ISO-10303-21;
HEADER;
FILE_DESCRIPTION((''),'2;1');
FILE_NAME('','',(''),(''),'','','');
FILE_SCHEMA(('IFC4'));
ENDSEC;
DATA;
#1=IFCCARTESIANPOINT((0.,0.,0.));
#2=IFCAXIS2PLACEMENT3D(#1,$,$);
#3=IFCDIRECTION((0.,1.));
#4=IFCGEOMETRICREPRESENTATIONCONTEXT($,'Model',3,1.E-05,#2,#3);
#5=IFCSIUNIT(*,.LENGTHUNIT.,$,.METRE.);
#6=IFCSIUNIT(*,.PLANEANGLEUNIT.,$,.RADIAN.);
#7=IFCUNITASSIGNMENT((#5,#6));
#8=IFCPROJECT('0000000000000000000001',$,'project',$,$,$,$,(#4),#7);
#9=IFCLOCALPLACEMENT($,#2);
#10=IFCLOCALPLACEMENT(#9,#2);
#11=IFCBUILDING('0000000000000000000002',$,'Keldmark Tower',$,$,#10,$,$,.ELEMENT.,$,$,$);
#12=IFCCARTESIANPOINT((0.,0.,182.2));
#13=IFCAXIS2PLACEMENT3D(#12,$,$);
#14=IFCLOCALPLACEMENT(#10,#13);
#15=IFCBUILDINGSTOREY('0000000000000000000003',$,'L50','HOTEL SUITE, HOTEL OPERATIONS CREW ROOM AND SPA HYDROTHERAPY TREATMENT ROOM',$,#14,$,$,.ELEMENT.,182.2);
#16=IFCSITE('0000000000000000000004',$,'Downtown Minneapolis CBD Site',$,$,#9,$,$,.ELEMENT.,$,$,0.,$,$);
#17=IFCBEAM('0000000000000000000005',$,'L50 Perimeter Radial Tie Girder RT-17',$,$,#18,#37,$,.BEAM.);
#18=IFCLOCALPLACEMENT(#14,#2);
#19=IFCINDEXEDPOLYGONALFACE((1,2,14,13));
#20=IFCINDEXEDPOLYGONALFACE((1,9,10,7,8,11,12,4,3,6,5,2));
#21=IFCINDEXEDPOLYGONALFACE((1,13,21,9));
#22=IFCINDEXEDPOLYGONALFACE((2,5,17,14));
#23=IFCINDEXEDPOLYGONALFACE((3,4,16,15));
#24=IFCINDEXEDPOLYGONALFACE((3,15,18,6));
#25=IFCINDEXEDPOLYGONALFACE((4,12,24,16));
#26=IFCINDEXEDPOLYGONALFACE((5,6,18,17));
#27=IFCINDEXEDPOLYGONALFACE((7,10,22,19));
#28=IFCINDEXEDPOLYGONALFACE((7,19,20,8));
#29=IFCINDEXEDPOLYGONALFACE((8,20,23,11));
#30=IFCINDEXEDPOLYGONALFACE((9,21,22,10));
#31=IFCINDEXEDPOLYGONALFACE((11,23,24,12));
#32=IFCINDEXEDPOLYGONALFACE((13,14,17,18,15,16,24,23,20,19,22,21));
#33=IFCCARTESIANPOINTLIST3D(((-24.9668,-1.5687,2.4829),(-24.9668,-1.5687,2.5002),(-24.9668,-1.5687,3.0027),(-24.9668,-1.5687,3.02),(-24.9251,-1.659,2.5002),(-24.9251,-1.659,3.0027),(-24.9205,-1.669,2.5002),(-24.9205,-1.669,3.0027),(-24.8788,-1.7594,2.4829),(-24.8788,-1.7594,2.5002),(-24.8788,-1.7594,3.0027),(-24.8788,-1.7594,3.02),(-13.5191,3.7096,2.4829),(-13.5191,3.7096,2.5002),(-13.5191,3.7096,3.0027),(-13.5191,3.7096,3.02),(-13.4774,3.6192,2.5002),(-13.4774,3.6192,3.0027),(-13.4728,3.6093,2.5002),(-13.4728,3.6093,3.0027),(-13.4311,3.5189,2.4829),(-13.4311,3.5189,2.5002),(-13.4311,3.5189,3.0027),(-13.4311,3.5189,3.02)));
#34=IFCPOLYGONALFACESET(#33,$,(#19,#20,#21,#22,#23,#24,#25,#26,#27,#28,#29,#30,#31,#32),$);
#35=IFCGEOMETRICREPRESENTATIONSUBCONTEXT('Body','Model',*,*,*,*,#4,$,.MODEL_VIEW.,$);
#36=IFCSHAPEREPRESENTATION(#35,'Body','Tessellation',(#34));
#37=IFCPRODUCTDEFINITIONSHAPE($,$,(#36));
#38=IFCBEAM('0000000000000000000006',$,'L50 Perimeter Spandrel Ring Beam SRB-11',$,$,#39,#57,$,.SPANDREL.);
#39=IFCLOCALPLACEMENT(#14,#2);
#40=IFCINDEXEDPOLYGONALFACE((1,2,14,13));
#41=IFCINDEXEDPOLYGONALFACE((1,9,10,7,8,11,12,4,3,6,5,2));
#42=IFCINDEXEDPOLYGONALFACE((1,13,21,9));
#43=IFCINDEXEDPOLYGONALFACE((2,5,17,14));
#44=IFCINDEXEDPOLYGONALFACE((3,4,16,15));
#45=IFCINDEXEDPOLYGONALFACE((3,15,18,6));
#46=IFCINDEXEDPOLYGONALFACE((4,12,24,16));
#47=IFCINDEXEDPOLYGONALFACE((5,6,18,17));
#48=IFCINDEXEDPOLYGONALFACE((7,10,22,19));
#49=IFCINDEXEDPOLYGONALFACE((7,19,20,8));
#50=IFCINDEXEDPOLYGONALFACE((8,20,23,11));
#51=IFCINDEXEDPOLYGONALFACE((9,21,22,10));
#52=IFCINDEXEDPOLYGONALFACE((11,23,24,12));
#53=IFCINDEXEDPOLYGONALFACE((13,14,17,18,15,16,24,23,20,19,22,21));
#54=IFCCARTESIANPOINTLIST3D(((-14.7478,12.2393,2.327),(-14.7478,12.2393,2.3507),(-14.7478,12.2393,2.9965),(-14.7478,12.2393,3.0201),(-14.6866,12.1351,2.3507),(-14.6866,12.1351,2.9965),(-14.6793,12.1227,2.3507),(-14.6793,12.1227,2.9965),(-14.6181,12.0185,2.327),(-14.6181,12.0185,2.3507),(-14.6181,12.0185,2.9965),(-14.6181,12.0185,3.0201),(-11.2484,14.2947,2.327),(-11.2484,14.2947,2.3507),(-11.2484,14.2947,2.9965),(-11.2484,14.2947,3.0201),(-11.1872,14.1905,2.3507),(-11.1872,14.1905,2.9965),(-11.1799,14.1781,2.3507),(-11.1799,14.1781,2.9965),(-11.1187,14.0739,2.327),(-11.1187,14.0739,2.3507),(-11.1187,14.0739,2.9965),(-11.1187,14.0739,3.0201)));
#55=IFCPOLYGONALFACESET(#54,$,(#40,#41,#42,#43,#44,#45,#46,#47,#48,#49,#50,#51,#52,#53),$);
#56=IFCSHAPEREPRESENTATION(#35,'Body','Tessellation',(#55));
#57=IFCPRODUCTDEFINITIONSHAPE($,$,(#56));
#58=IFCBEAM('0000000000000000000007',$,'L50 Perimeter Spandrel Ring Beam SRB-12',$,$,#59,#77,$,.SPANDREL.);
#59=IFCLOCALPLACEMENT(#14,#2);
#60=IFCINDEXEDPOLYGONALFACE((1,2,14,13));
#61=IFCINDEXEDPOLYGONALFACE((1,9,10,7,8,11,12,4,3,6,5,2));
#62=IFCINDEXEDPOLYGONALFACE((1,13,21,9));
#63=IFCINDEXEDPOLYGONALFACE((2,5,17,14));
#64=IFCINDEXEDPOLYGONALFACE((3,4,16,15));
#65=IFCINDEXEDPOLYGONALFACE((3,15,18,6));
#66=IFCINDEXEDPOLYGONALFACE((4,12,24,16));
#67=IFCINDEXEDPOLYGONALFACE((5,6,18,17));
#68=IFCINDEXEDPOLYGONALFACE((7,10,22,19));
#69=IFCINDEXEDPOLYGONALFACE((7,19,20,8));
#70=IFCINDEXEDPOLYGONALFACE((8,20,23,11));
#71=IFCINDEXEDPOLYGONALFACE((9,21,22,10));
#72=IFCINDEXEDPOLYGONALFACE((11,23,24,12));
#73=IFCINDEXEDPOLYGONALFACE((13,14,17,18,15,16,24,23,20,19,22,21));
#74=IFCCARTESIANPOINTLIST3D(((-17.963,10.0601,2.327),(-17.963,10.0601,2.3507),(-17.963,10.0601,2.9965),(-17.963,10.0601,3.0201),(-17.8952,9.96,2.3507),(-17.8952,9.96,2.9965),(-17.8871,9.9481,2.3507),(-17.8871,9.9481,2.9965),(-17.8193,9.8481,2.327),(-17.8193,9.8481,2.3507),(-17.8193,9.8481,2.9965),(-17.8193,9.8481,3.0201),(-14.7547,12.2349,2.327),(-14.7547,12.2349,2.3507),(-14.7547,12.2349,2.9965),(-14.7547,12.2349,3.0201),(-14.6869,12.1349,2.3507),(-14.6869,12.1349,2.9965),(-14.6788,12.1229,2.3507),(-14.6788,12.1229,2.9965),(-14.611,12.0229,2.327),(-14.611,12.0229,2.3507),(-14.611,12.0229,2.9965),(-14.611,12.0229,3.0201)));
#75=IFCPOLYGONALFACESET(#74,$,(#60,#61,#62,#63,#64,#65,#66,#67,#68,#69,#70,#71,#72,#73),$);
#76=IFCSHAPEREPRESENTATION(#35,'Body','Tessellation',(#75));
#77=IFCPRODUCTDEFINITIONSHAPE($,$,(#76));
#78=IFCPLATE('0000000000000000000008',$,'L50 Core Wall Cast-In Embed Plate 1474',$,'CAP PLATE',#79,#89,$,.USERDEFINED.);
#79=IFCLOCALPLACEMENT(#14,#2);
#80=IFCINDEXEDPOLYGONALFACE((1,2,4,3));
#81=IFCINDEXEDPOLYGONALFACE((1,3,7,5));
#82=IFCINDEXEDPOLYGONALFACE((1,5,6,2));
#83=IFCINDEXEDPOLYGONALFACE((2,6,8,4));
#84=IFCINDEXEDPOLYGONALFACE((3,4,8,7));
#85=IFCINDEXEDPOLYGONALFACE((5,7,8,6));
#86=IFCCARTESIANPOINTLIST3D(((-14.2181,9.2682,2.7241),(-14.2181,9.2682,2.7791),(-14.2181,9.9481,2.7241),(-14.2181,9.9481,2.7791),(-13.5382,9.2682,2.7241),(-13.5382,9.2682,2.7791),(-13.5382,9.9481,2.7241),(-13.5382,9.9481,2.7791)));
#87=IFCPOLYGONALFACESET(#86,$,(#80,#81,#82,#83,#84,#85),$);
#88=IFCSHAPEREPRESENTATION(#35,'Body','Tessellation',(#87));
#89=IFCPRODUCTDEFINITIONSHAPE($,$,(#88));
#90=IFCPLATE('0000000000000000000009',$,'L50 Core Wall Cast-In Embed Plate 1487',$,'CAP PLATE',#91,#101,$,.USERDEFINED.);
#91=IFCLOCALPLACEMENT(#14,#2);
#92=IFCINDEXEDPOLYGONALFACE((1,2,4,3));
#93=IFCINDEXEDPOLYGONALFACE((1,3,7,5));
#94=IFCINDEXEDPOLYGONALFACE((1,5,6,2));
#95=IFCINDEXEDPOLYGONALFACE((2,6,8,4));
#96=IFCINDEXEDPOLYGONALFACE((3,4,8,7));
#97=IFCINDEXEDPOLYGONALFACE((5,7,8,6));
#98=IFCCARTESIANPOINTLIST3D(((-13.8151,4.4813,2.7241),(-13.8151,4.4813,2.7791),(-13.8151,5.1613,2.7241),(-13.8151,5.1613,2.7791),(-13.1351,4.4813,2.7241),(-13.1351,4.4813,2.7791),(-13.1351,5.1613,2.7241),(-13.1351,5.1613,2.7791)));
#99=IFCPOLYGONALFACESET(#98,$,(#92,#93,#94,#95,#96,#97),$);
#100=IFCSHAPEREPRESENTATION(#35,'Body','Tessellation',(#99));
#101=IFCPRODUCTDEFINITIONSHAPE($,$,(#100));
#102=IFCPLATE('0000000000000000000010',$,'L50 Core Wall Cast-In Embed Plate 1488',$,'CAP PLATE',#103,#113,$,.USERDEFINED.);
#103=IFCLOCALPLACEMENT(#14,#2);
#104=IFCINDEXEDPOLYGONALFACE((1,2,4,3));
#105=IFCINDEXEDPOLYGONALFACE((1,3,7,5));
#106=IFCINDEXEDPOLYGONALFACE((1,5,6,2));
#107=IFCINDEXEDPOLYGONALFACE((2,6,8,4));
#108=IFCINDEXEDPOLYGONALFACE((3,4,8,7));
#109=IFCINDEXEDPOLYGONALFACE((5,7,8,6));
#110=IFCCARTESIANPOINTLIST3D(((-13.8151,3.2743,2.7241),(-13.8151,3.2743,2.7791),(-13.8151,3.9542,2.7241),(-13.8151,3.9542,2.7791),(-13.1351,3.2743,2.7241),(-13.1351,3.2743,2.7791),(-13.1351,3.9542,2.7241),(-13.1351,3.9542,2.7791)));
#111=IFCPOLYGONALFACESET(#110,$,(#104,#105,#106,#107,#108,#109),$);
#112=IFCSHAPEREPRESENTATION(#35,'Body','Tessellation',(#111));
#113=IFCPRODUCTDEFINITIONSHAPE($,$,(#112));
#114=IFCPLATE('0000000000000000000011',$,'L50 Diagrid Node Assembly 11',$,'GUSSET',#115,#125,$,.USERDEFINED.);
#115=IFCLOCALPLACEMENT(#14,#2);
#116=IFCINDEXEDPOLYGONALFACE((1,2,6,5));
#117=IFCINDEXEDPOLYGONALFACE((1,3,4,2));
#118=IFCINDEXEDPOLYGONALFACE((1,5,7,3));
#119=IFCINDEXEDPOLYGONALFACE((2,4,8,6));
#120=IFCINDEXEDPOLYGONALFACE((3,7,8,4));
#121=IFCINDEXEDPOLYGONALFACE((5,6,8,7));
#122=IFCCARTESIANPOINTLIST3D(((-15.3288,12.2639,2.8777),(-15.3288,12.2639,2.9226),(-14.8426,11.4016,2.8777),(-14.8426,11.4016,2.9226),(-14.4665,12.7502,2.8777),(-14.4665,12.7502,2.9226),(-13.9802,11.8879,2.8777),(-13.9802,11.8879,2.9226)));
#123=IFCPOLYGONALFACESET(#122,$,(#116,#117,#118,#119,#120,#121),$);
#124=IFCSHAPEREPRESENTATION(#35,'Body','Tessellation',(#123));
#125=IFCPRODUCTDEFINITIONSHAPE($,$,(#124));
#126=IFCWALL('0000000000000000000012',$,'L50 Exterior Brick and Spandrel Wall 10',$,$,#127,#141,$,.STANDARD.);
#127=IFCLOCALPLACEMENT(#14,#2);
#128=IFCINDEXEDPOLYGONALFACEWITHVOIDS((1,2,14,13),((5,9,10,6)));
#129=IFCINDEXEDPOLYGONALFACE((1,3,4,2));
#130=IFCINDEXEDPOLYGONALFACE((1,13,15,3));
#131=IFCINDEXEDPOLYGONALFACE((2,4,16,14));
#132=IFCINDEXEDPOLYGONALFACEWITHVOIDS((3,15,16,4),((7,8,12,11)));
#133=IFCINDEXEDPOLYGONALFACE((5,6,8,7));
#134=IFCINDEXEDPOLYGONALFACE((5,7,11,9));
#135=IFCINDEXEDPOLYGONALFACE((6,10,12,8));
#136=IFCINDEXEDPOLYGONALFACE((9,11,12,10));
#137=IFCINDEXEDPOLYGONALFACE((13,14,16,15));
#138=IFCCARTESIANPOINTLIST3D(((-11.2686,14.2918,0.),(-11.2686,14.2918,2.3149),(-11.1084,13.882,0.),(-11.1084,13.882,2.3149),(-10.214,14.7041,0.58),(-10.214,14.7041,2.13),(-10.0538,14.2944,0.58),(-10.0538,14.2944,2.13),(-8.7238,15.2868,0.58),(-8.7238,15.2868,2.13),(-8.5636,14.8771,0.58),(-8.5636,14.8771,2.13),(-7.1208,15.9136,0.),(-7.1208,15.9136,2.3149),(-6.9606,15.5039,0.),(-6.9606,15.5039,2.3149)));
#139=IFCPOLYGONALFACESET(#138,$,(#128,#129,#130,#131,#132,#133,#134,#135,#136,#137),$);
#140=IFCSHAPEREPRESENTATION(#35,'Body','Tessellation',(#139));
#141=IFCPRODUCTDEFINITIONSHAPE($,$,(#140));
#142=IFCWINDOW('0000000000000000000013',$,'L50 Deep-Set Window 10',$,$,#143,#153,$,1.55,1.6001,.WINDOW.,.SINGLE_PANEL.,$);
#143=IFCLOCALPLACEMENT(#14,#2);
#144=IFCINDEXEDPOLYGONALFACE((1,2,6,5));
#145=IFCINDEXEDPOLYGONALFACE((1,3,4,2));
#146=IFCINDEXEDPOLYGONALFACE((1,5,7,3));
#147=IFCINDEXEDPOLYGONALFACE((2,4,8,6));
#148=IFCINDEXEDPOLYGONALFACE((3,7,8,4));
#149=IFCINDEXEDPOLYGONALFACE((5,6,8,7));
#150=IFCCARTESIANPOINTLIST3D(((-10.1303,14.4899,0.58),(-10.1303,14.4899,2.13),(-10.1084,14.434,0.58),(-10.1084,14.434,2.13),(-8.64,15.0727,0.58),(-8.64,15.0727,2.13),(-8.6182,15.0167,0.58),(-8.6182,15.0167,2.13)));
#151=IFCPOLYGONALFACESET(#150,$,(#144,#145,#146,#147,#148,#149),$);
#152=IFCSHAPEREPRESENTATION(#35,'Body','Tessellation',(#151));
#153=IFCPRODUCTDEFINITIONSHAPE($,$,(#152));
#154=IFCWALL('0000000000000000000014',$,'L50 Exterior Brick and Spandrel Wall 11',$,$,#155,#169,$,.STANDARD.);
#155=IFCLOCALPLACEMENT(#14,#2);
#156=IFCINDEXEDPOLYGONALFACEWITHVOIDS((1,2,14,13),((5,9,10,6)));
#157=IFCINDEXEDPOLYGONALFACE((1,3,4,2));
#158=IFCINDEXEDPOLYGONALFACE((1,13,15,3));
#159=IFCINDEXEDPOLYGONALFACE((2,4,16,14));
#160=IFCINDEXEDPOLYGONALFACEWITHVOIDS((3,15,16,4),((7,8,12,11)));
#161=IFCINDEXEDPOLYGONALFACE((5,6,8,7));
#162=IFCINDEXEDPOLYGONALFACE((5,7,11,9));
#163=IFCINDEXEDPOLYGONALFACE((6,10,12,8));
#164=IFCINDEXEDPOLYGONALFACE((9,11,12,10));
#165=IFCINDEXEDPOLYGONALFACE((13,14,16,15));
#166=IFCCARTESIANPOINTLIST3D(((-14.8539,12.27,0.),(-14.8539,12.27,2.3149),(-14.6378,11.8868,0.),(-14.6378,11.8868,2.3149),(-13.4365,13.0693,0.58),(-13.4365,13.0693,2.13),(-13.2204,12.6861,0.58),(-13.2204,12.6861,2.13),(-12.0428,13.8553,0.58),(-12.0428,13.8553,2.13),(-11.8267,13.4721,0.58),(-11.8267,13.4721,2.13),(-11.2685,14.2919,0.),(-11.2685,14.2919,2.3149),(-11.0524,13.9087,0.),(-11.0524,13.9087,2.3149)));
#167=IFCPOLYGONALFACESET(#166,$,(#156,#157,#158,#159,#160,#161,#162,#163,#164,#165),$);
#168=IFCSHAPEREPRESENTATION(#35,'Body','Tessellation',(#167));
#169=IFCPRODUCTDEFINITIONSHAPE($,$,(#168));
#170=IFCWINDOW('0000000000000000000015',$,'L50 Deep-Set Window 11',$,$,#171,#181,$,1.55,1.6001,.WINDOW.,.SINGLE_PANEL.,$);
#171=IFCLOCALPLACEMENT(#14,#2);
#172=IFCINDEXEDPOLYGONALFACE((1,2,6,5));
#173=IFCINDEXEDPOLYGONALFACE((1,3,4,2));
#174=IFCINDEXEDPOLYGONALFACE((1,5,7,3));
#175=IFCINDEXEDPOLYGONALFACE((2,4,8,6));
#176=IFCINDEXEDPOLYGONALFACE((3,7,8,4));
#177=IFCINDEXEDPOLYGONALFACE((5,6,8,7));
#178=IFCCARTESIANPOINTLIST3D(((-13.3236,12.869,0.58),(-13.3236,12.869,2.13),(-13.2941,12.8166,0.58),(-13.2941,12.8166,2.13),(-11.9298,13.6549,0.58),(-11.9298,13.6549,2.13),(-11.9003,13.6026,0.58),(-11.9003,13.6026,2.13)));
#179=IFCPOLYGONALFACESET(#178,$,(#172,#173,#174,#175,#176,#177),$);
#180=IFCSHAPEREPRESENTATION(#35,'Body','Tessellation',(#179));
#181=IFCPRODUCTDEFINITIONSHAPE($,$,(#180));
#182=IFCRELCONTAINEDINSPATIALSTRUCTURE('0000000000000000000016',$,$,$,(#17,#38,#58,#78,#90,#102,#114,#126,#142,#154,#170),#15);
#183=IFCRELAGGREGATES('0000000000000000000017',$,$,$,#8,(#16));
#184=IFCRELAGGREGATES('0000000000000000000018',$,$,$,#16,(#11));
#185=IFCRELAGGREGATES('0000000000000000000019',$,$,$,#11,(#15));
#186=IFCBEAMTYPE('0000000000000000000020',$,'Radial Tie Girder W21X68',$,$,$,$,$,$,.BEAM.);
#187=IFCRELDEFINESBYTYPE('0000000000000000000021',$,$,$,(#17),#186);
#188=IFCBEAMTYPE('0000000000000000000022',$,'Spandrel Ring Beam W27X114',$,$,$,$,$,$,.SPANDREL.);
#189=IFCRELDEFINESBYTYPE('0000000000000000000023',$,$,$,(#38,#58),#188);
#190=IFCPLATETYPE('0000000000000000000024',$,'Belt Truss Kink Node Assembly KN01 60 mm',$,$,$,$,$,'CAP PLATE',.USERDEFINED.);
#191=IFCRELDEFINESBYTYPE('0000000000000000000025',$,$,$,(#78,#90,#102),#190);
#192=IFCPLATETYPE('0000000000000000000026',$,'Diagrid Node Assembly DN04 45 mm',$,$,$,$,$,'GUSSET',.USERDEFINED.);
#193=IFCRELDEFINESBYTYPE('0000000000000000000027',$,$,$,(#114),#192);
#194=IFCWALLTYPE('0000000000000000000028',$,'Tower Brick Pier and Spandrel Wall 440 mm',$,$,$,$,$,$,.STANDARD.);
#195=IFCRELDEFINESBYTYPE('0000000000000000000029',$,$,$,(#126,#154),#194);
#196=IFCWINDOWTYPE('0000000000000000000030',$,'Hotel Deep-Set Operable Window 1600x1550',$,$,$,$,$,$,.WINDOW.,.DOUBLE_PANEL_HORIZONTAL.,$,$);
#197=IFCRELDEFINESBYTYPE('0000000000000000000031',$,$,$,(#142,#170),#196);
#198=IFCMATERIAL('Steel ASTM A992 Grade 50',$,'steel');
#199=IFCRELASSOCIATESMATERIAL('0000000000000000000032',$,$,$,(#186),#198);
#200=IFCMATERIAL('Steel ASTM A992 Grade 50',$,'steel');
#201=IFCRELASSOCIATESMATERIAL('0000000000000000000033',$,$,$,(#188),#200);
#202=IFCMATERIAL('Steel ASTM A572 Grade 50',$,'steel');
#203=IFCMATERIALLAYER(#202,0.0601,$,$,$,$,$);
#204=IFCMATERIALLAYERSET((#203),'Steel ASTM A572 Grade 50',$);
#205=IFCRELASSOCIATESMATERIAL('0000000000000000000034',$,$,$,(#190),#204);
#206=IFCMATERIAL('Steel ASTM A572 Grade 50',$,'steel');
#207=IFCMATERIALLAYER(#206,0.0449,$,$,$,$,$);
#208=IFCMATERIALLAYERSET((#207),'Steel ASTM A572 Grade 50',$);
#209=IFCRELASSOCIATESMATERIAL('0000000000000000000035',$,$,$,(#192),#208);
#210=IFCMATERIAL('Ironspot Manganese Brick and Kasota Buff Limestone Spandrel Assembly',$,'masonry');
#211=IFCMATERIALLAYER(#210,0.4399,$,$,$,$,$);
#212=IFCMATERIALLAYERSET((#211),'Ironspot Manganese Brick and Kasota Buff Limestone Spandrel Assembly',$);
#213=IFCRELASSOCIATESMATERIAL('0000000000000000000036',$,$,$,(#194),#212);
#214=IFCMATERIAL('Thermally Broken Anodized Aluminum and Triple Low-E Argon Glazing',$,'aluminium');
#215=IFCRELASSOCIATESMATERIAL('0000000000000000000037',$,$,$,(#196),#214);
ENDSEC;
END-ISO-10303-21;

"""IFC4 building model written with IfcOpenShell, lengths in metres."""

from ifc_helpers import new_model, si_unit, direction, frame, frame_2d, origin, origin_2d, place, context, subcontext, project, spatial, rectangle, i_section, extrude, material, layer, layer_set, material_profile, profile_set, type_object, element, fill, save


model = new_model("IFC4")

# Units and contexts
model_context = context("Model", 3, precision=1e-05, world=origin(), true_north=direction((0.0, 1.0)))
body_context = subcontext(model_context, "Body", "Model", "MODEL_VIEW")
ifc_project = project(units=[si_unit("LENGTHUNIT", "METRE"), si_unit("PLANEANGLEUNIT", "RADIAN")], contexts=[model_context])

# Site, building, storey
site_placement = place(None, origin())
site = spatial("IfcSite", under=ifc_project, at=site_placement, Name="Downtown Minneapolis CBD Site", CompositionType="ELEMENT", RefElevation=0.0)
building_placement = place(site_placement, origin())
building = spatial("IfcBuilding", under=site, at=building_placement, Name="Keldmark Tower", CompositionType="ELEMENT")
storey_placement = place(building_placement, frame((0.0, 0.0, 182.2)))
storey = spatial("IfcBuildingStorey", under=building, at=storey_placement, Name="L50", Description="HOTEL SUITE, HOTEL OPERATIONS CREW ROOM AND SPA HYDROTHERAPY TREATMENT ROOM", CompositionType="ELEMENT", Elevation=182.2)

# Beams
ifc_material_1 = material(Name="Steel ASTM A992 Grade 50", Category="steel")
ifc_material_profile_1 = material_profile(ifc_material_1, i_section(OverallWidth=0.21, OverallDepth=0.5371, WebThickness=0.011, FlangeThickness=0.0173, at=origin_2d()), Name="W21X68")
ifc_profile_set_1 = profile_set([ifc_material_profile_1], Name="Steel ASTM A992 Grade 50")
beam_type_1 = type_object("IfcBeamType", Name="Radial Tie Girder W21X68", PredefinedType="BEAM", material=ifc_profile_set_1)
beam_1_placement = place(storey_placement, frame((-13.4751, 3.6143, 2.7515), z_axis=(-0.908118, -0.418714, 0.0), x_axis=(0.418714, -0.908118, 0.0)))
element("IfcBeam", 1, at=beam_1_placement, inside=storey, type_object=beam_type_1, Name="L50 Perimeter Radial Tie Girder RT-17", PredefinedType="BEAM", context=body_context, shape_type="SweptSolid", body=[
    extrude(i_section(OverallWidth=0.21, OverallDepth=0.5371, WebThickness=0.011, FlangeThickness=0.0173, at=origin_2d()), origin(), (0.0, 0.0, 1.0), 12.606),
])
ifc_material_2 = material(Name="Steel ASTM A992 Grade 50", Category="steel")
ifc_material_profile_2 = material_profile(ifc_material_2, i_section(OverallWidth=0.2561, OverallDepth=0.6931, WebThickness=0.0144, FlangeThickness=0.0237, at=origin_2d()), Name="W27X114")
ifc_profile_set_2 = profile_set([ifc_material_profile_2], Name="Steel ASTM A992 Grade 50")
beam_type_2 = type_object("IfcBeamType", Name="Spandrel Ring Beam W27X114", PredefinedType="SPANDREL", material=ifc_profile_set_2)
beam_2_placement = place(storey_placement, frame((-11.1836, 14.1843, 2.6736), z_axis=(-0.862254, -0.506476, 0.0), x_axis=(0.506476, -0.862254, 0.0)))
element("IfcBeam", 2, at=beam_2_placement, inside=storey, type_object=beam_type_2, Name="L50 Perimeter Spandrel Ring Beam SRB-11", PredefinedType="SPANDREL", context=body_context, shape_type="SweptSolid", body=[
    extrude(i_section(OverallWidth=0.2561, OverallDepth=0.6931, WebThickness=0.0144, FlangeThickness=0.0237, at=origin_2d()), origin(), (0.0, 0.0, 1.0), 4.0583),
])
beam_3_placement = place(storey_placement, frame((-14.6829, 12.1289, 2.6736), z_axis=(-0.827742, -0.561109, 0.0), x_axis=(0.561109, -0.827742, 0.0)))
element("IfcBeam", 3, at=beam_3_placement, inside=storey, type_object=beam_type_2, Name="L50 Perimeter Spandrel Ring Beam SRB-12", PredefinedType="SPANDREL", context=body_context, shape_type="SweptSolid", body=[
    extrude(i_section(OverallWidth=0.2561, OverallDepth=0.6931, WebThickness=0.0144, FlangeThickness=0.0237, at=origin_2d()), origin(), (0.0, 0.0, 1.0), 3.876),
])

# Plates
ifc_material_3 = material(Name="Steel ASTM A572 Grade 50", Category="steel")
ifc_layer_1 = layer(ifc_material_3, 0.0601)
ifc_layer_set_1 = layer_set([ifc_layer_1], Name="Steel ASTM A572 Grade 50")
plate_type_1 = type_object("IfcPlateType", Name="Belt Truss Kink Node Assembly KN01 60 mm", ElementType="CAP PLATE", PredefinedType="USERDEFINED", material=ifc_layer_set_1)
for number, where, z_axis, x_axis, name in (
    (4, (-13.8782, 9.6082, 2.7241), (0.0, 0.0, 1.0), (1.0, 0.0, 0.0), "L50 Core Wall Cast-In Embed Plate 1474"),
    (5, (-13.4751, 4.8213, 2.7241), (0.0, 0.0, 1.0), (1.0, 0.0, 0.0), "L50 Core Wall Cast-In Embed Plate 1487"),
    (6, (-13.4751, 3.6143, 2.7241), (0.0, 0.0, 1.0), (1.0, 0.0, 0.0), "L50 Core Wall Cast-In Embed Plate 1488"),
):
    element("IfcPlate", number, at=place(storey_placement, frame(where, z_axis=z_axis, x_axis=x_axis)), inside=storey, type_object=plate_type_1, Name=name, ObjectType="CAP PLATE", PredefinedType="USERDEFINED", context=body_context, shape_type="SweptSolid", body=[
        extrude(rectangle(XDim=0.6799, YDim=0.6799, at=origin_2d()), origin(), (0.0, 0.0, 1.0), 0.0549),
    ])
ifc_material_4 = material(Name="Steel ASTM A572 Grade 50", Category="steel")
ifc_layer_2 = layer(ifc_material_4, 0.0449)
ifc_layer_set_2 = layer_set([ifc_layer_2], Name="Steel ASTM A572 Grade 50")
plate_type_2 = type_object("IfcPlateType", Name="Diagrid Node Assembly DN04 45 mm", ElementType="GUSSET", PredefinedType="USERDEFINED", material=ifc_layer_set_2)
plate_placement = place(storey_placement, frame((-14.6545, 12.0759, 2.8777), z_axis=(0.0, 0.0, 1.0), x_axis=(-0.871042, -0.491208, 0.0)))
element("IfcPlate", 7, at=plate_placement, inside=storey, type_object=plate_type_2, Name="L50 Diagrid Node Assembly 11", ObjectType="GUSSET", PredefinedType="USERDEFINED", context=body_context, shape_type="SweptSolid", body=[
    extrude(rectangle(XDim=0.99, YDim=0.99, at=origin_2d()), origin(), (0.0, 0.0, 1.0), 0.0449),
])

# Walls, openings, windows
ifc_material_5 = material(Name="Ironspot Manganese Brick and Kasota Buff Limestone Spandrel Assembly", Category="masonry")
ifc_layer_3 = layer(ifc_material_5, 0.4399)
ifc_layer_set_3 = layer_set([ifc_layer_3], Name="Ironspot Manganese Brick and Kasota Buff Limestone Spandrel Assembly")
wall_type_1 = type_object("IfcWallType", Name="Tower Brick Pier and Spandrel Wall 440 mm", PredefinedType="STANDARD", material=ifc_layer_set_3)
wall_1_placement = place(storey_placement, frame((-11.1885, 14.0869, 0.0), z_axis=(0.0, 0.0, 1.0), x_axis=(0.931333, 0.364168, 0.0)))
wall_1 = element("IfcWall", 8, at=wall_1_placement, inside=storey, type_object=wall_type_1, Name="L50 Exterior Brick and Spandrel Wall 10", PredefinedType="STANDARD", context=body_context, shape_type="SweptSolid", body=[
    extrude(rectangle(XDim=4.4536, YDim=0.4399, at=frame_2d((2.2268, 0.0))), origin(), (0.0, 0.0, 1.0), 2.3149),
])
opening_1_placement = place(wall_1_placement, frame((1.1323, 0.0, 0.5801)))
opening_1 = element("IfcOpeningElement", 9, at=opening_1_placement, cuts=wall_1, PredefinedType="OPENING", context=body_context, shape_type="SweptSolid", body=[
    extrude(rectangle(XDim=1.6001, YDim=1.55, at=frame_2d((0.8, 0.7749))), frame((0.0, 0.23, 0.0), z_axis=(0.0, -1.0, 0.0), x_axis=(1.0, 0.0, 0.0)), (0.0, 0.0, 1.0), 0.46),
])
ifc_material_6 = material(Name="Thermally Broken Anodized Aluminum and Triple Low-E Argon Glazing", Category="aluminium")
window_type = type_object("IfcWindowType", Name="Hotel Deep-Set Operable Window 1600x1550", PartitioningType="DOUBLE_PANEL_HORIZONTAL", PredefinedType="WINDOW", material=ifc_material_6)
window_1_placement = place(opening_1_placement, origin())
window_1 = element("IfcWindow", 10, at=window_1_placement, inside=storey, type_object=window_type, Name="L50 Deep-Set Window 10", OverallHeight=1.55, OverallWidth=1.6001, PartitioningType="SINGLE_PANEL", PredefinedType="WINDOW", context=body_context, shape_type="SweptSolid", body=[
    extrude(rectangle(XDim=1.6001, YDim=1.55, at=frame_2d((0.8, 0.7749))), frame((0.0, -0.01, 0.0), z_axis=(0.0, -1.0, 0.0), x_axis=(1.0, 0.0, 0.0)), (0.0, 0.0, 1.0), 0.0601),
])
fill(opening_1, window_1)
wall_2_placement = place(storey_placement, frame((-14.7458, 12.0784, 0.0), z_axis=(0.0, 0.0, 1.0), x_axis=(0.87104, 0.491213, 0.0)))
wall_2 = element("IfcWall", 11, at=wall_2_placement, inside=storey, type_object=wall_type_1, Name="L50 Exterior Brick and Spandrel Wall 11", PredefinedType="STANDARD", context=body_context, shape_type="SweptSolid", body=[
    extrude(rectangle(XDim=4.1162, YDim=0.4399, at=frame_2d((2.0581, 0.0))), origin(), (0.0, 0.0, 1.0), 2.3149),
])
opening_2_placement = place(wall_2_placement, frame((1.6272, 0.0, 0.5801)))
opening_2 = element("IfcOpeningElement", 12, at=opening_2_placement, cuts=wall_2, PredefinedType="OPENING", context=body_context, shape_type="SweptSolid", body=[
    extrude(rectangle(XDim=1.6001, YDim=1.55, at=frame_2d((0.8, 0.7749))), frame((0.0, 0.23, 0.0), z_axis=(0.0, -1.0, 0.0), x_axis=(1.0, 0.0, 0.0)), (0.0, 0.0, 1.0), 0.46),
])
window_2_placement = place(opening_2_placement, origin())
window_2 = element("IfcWindow", 13, at=window_2_placement, inside=storey, type_object=window_type, Name="L50 Deep-Set Window 11", OverallHeight=1.55, OverallWidth=1.6001, PartitioningType="SINGLE_PANEL", PredefinedType="WINDOW", context=body_context, shape_type="SweptSolid", body=[
    extrude(rectangle(XDim=1.6001, YDim=1.55, at=frame_2d((0.8, 0.7749))), frame((0.0, -0.01, 0.0), z_axis=(0.0, -1.0, 0.0), x_axis=(1.0, 0.0, 0.0)), (0.0, 0.0, 1.0), 0.0601),
])
fill(opening_2, window_2)

save(model, "model.ifc")
